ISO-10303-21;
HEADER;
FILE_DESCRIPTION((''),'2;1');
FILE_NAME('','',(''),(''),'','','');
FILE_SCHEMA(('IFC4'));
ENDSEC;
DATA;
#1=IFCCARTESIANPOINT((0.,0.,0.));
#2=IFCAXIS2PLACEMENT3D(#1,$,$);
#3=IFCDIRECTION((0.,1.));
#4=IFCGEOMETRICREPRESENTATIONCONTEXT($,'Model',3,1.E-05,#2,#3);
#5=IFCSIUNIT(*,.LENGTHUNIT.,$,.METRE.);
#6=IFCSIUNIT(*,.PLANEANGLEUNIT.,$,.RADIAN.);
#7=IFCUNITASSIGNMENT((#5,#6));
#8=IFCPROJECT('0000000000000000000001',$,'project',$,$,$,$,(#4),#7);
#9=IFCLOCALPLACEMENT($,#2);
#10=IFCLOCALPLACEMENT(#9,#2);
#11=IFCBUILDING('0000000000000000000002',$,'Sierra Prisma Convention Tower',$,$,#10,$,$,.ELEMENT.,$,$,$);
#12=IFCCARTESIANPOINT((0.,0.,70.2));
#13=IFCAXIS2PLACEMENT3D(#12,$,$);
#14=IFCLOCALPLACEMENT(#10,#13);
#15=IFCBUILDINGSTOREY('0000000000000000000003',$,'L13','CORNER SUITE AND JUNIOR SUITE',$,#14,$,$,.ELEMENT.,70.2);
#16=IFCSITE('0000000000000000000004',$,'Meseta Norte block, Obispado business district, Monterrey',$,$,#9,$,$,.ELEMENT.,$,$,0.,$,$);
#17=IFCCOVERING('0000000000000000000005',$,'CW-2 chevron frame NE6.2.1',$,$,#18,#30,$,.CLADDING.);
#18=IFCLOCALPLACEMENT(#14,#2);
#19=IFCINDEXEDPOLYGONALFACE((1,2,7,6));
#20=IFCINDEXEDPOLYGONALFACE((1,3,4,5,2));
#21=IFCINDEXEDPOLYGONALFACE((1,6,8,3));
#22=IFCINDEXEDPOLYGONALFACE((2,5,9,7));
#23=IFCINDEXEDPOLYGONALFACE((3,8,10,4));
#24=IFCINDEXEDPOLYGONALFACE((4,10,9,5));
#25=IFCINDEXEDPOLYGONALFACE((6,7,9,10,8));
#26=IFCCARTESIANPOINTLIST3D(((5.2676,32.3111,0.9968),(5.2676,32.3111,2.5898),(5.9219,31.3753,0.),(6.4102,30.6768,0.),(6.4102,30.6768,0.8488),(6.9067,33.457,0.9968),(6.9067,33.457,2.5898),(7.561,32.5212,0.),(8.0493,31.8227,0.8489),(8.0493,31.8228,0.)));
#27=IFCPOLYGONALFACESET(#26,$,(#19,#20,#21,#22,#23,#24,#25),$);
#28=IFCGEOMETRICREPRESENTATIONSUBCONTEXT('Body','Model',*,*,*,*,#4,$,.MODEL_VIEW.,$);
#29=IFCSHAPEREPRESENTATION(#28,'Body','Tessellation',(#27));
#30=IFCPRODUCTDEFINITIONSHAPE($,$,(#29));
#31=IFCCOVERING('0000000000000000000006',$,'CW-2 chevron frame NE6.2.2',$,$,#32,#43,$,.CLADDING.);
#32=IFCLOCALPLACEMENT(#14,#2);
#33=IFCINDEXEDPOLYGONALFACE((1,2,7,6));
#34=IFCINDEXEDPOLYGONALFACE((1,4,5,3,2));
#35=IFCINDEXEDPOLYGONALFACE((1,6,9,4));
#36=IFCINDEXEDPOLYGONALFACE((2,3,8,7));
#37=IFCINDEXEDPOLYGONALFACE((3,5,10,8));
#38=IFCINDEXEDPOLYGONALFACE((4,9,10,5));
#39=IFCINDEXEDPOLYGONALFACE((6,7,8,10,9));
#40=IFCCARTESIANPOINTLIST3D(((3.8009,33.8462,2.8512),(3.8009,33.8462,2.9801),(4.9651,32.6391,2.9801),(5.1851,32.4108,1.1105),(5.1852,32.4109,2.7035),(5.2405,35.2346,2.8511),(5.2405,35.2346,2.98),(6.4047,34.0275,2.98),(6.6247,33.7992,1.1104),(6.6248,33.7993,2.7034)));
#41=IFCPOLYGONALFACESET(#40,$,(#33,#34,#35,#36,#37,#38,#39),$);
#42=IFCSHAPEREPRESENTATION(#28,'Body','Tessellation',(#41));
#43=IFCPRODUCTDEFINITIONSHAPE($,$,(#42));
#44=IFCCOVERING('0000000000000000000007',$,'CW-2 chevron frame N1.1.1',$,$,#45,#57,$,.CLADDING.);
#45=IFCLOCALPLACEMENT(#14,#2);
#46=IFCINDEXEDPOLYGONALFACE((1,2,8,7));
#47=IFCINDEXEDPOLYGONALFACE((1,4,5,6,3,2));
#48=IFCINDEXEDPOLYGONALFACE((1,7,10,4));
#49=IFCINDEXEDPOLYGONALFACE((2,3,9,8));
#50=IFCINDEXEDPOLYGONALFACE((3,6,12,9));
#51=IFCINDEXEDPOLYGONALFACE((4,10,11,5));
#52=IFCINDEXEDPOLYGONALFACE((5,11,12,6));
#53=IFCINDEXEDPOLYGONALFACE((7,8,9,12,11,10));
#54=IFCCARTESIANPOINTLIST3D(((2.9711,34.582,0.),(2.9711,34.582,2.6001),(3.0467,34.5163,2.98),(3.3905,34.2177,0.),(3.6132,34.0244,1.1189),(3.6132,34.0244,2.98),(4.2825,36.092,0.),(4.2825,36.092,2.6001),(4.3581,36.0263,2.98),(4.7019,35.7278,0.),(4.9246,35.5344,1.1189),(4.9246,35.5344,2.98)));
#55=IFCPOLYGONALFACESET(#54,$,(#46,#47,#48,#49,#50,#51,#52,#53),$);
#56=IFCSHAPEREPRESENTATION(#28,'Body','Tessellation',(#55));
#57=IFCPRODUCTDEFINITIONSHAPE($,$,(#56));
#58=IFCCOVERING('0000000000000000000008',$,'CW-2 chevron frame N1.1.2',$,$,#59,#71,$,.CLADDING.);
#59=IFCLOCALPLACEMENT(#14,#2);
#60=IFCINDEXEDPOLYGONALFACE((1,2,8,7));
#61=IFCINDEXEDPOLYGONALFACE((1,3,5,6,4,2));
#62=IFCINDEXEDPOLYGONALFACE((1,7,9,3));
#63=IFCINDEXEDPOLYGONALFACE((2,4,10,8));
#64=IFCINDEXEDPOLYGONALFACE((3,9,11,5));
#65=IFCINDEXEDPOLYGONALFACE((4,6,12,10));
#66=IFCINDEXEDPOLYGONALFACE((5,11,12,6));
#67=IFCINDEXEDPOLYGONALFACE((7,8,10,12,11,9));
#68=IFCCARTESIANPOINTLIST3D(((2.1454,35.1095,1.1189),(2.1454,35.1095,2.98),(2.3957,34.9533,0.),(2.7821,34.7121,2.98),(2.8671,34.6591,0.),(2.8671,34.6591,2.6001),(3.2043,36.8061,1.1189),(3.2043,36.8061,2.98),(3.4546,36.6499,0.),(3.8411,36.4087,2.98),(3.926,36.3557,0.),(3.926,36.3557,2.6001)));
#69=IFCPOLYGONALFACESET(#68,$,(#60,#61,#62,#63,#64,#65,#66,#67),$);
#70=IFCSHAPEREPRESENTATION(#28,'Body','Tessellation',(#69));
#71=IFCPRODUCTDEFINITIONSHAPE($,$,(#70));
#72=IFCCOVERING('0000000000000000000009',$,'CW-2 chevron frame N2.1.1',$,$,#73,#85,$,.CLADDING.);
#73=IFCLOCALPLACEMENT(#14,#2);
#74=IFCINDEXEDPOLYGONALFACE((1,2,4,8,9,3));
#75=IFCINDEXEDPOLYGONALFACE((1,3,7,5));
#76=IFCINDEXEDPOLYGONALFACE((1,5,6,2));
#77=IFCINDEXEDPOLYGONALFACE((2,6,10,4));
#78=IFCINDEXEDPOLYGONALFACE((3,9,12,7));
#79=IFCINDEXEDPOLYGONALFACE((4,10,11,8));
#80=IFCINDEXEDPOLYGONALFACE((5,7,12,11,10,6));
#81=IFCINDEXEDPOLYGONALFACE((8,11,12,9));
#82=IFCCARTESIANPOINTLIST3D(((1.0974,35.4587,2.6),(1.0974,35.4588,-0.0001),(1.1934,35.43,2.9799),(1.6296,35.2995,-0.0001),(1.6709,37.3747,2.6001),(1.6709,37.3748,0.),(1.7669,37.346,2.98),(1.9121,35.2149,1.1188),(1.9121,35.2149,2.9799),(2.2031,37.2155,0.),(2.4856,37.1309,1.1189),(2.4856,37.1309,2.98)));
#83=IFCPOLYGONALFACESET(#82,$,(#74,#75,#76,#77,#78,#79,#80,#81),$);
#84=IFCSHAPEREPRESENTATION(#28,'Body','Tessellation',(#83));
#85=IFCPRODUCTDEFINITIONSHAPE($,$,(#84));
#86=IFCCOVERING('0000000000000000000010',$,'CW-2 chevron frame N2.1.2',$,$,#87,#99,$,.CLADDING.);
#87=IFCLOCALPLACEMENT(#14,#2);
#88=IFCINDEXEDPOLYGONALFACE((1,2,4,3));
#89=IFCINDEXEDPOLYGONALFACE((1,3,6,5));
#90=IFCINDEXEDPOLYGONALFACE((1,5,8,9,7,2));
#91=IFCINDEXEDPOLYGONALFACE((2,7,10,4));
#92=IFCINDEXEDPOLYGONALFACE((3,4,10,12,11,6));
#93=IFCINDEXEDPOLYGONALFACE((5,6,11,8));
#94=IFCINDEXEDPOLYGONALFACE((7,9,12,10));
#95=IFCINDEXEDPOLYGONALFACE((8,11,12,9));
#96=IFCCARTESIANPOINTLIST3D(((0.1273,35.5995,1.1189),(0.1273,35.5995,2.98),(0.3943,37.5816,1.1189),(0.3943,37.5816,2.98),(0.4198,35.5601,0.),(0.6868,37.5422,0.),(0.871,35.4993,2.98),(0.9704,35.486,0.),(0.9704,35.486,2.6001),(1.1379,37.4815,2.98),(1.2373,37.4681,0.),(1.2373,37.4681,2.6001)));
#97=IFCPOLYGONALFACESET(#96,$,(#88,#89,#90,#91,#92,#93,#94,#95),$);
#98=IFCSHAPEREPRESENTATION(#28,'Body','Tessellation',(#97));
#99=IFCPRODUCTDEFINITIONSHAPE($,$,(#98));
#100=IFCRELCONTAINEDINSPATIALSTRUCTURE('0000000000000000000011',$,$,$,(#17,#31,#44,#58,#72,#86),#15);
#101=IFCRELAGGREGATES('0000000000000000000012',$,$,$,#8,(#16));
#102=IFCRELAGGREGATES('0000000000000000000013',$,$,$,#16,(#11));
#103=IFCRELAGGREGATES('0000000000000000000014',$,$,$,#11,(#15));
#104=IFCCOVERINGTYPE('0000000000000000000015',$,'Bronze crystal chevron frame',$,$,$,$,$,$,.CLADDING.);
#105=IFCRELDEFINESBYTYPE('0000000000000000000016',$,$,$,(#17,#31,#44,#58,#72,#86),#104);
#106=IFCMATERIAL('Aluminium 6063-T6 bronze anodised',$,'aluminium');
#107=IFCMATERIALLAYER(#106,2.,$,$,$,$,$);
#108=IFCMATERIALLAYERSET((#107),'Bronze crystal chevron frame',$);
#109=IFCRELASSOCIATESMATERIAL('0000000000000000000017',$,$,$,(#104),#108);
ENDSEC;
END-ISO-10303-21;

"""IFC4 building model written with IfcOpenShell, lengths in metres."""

from ifc_helpers import new_model, si_unit, direction, frame, origin, place, context, subcontext, project, spatial, polyline, outline, extrude, material, layer, layer_set, type_object, element, save


model = new_model("IFC4")

# Units and contexts
model_context = context("Model", 3, precision=1e-05, world=origin(), true_north=direction((0.0, 1.0)))
body_context = subcontext(model_context, "Body", "Model", "MODEL_VIEW")
ifc_project = project(units=[si_unit("LENGTHUNIT", "METRE"), si_unit("PLANEANGLEUNIT", "RADIAN")], contexts=[model_context])

# Site, building, storey
site_placement = place(None, origin())
site = spatial("IfcSite", under=ifc_project, at=site_placement, Name="Meseta Norte block, Obispado business district, Monterrey", CompositionType="ELEMENT", RefElevation=0.0)
building_placement = place(site_placement, origin())
building = spatial("IfcBuilding", under=site, at=building_placement, Name="Sierra Prisma Convention Tower", CompositionType="ELEMENT")
storey_placement = place(building_placement, frame((0.0, 0.0, 70.2)))
storey = spatial("IfcBuildingStorey", under=building, at=storey_placement, Name="L13", Description="CORNER SUITE AND JUNIOR SUITE", CompositionType="ELEMENT", Elevation=70.2)

# Coverings
ifc_material_1 = material(Name="Aluminium 6063-T6 bronze anodised", Category="aluminium")
ifc_layer_1 = layer(ifc_material_1, 2.0)
ifc_layer_set_1 = layer_set([ifc_layer_1], Name="Bronze crystal chevron frame")
covering_type = type_object("IfcCoveringType", Name="Bronze crystal chevron frame", PredefinedType="CLADDING", material=ifc_layer_set_1)
covering_1_placement = place(storey_placement, frame((8.0493, 31.8228, 0.0), z_axis=(0.81957, 0.572979, 0.000015), x_axis=(-0.572979, 0.81957, 0.0)))
element("IfcCovering", 1, at=covering_1_placement, inside=storey, type_object=covering_type, Name="CW-2 chevron frame NE6.2.1", PredefinedType="CLADDING", context=body_context, shape_type="SweptSolid", body=[
    extrude(outline(polyline([(0.0, 0.0), (0.8522, 0.0), (1.9941, 0.9968), (1.9941, 2.5898), (0.0, 0.8489), (0.0, 0.0)])), origin(), (0.0, 0.0, -1.0), 2.0),
])
covering_2_placement = place(storey_placement, frame((5.2405, 35.2346, 2.98), z_axis=(0.719779, 0.694204, -0.000068), x_axis=(0.694204, -0.719779, 0.0)))
element("IfcCovering", 2, at=covering_2_placement, inside=storey, type_object=covering_type, Name="CW-2 chevron frame NE6.2.2", PredefinedType="CLADDING", context=body_context, shape_type="SweptSolid", body=[
    extrude(outline(polyline([(0.0, 0.0), (1.6771, 0.0), (1.9941, 0.2766), (1.9941, 1.8696), (0.0, 0.1289), (0.0, 0.0)])), origin(), (0.0, 0.0, -1.0), 2.0),
])
covering_3_placement = place(storey_placement, frame((4.9246, 35.5344, 2.98), z_axis=(0.655698, 0.755023, -0.000008), x_axis=(-0.000005, -0.000006, -1.0)))
element("IfcCovering", 3, at=covering_3_placement, inside=storey, type_object=covering_type, Name="CW-2 chevron frame N1.1.1", PredefinedType="CLADDING", context=body_context, shape_type="SweptSolid", body=[
    extrude(outline(polyline([(0.0, 0.0), (1.8611, 0.0), (2.98, 0.2949), (2.98, 0.8504), (0.3799, 0.8504), (0.0, 0.7502), (0.0, 0.0)])), origin(), (0.0, 0.0, -1.0), 2.0),
])
covering_4_placement = place(storey_placement, frame((3.926, 36.3557, 0.0), z_axis=(0.529476, 0.848325, -0.000001), x_axis=(-0.848325, 0.529476, 0.0)))
element("IfcCovering", 4, at=covering_4_placement, inside=storey, type_object=covering_type, Name="CW-2 chevron frame N1.1.2", PredefinedType="CLADDING", context=body_context, shape_type="SweptSolid", body=[
    extrude(outline(polyline([(0.0, 0.0), (0.5557, 0.0), (0.8507, 1.1189), (0.8507, 2.98), (0.1001, 2.98), (0.0, 2.6001), (0.0, 0.0)])), origin(), (0.0, 0.0, -1.0), 2.0),
])
covering_5_placement = place(storey_placement, frame((2.4856, 37.1309, 2.98), z_axis=(0.286755, 0.958004, 0.000041), x_axis=(0.000012, 0.00004, -1.0)))
element("IfcCovering", 5, at=covering_5_placement, inside=storey, type_object=covering_type, Name="CW-2 chevron frame N2.1.1", PredefinedType="CLADDING", context=body_context, shape_type="SweptSolid", body=[
    extrude(outline(polyline([(0.0, 0.0), (1.8611, 0.0), (2.98, 0.2949), (2.98, 0.8504), (0.3799, 0.8504), (0.0, 0.7502), (0.0, 0.0)])), origin(), (0.0, 0.0, -1.0), 2.0),
])
covering_6_placement = place(storey_placement, frame((0.6868, 37.5422, 0.0), z_axis=(0.133476, 0.991052, 0.000006), x_axis=(-0.252748, 0.034034, 0.966933)))
element("IfcCovering", 6, at=covering_6_placement, inside=storey, type_object=covering_type, Name="CW-2 chevron frame N2.1.2", PredefinedType="CLADDING", context=body_context, shape_type="SweptSolid", body=[
    extrude(outline(polyline([(0.0, 0.0), (1.1572, 0.0), (2.9567, 0.4746), (2.7653, 1.2002), (2.3724, 1.2002), (-0.1417, 0.5371), (0.0, 0.0)])), origin(), (0.0, 0.0, -1.0), 2.0),
])

save(model, "model.ifc")
